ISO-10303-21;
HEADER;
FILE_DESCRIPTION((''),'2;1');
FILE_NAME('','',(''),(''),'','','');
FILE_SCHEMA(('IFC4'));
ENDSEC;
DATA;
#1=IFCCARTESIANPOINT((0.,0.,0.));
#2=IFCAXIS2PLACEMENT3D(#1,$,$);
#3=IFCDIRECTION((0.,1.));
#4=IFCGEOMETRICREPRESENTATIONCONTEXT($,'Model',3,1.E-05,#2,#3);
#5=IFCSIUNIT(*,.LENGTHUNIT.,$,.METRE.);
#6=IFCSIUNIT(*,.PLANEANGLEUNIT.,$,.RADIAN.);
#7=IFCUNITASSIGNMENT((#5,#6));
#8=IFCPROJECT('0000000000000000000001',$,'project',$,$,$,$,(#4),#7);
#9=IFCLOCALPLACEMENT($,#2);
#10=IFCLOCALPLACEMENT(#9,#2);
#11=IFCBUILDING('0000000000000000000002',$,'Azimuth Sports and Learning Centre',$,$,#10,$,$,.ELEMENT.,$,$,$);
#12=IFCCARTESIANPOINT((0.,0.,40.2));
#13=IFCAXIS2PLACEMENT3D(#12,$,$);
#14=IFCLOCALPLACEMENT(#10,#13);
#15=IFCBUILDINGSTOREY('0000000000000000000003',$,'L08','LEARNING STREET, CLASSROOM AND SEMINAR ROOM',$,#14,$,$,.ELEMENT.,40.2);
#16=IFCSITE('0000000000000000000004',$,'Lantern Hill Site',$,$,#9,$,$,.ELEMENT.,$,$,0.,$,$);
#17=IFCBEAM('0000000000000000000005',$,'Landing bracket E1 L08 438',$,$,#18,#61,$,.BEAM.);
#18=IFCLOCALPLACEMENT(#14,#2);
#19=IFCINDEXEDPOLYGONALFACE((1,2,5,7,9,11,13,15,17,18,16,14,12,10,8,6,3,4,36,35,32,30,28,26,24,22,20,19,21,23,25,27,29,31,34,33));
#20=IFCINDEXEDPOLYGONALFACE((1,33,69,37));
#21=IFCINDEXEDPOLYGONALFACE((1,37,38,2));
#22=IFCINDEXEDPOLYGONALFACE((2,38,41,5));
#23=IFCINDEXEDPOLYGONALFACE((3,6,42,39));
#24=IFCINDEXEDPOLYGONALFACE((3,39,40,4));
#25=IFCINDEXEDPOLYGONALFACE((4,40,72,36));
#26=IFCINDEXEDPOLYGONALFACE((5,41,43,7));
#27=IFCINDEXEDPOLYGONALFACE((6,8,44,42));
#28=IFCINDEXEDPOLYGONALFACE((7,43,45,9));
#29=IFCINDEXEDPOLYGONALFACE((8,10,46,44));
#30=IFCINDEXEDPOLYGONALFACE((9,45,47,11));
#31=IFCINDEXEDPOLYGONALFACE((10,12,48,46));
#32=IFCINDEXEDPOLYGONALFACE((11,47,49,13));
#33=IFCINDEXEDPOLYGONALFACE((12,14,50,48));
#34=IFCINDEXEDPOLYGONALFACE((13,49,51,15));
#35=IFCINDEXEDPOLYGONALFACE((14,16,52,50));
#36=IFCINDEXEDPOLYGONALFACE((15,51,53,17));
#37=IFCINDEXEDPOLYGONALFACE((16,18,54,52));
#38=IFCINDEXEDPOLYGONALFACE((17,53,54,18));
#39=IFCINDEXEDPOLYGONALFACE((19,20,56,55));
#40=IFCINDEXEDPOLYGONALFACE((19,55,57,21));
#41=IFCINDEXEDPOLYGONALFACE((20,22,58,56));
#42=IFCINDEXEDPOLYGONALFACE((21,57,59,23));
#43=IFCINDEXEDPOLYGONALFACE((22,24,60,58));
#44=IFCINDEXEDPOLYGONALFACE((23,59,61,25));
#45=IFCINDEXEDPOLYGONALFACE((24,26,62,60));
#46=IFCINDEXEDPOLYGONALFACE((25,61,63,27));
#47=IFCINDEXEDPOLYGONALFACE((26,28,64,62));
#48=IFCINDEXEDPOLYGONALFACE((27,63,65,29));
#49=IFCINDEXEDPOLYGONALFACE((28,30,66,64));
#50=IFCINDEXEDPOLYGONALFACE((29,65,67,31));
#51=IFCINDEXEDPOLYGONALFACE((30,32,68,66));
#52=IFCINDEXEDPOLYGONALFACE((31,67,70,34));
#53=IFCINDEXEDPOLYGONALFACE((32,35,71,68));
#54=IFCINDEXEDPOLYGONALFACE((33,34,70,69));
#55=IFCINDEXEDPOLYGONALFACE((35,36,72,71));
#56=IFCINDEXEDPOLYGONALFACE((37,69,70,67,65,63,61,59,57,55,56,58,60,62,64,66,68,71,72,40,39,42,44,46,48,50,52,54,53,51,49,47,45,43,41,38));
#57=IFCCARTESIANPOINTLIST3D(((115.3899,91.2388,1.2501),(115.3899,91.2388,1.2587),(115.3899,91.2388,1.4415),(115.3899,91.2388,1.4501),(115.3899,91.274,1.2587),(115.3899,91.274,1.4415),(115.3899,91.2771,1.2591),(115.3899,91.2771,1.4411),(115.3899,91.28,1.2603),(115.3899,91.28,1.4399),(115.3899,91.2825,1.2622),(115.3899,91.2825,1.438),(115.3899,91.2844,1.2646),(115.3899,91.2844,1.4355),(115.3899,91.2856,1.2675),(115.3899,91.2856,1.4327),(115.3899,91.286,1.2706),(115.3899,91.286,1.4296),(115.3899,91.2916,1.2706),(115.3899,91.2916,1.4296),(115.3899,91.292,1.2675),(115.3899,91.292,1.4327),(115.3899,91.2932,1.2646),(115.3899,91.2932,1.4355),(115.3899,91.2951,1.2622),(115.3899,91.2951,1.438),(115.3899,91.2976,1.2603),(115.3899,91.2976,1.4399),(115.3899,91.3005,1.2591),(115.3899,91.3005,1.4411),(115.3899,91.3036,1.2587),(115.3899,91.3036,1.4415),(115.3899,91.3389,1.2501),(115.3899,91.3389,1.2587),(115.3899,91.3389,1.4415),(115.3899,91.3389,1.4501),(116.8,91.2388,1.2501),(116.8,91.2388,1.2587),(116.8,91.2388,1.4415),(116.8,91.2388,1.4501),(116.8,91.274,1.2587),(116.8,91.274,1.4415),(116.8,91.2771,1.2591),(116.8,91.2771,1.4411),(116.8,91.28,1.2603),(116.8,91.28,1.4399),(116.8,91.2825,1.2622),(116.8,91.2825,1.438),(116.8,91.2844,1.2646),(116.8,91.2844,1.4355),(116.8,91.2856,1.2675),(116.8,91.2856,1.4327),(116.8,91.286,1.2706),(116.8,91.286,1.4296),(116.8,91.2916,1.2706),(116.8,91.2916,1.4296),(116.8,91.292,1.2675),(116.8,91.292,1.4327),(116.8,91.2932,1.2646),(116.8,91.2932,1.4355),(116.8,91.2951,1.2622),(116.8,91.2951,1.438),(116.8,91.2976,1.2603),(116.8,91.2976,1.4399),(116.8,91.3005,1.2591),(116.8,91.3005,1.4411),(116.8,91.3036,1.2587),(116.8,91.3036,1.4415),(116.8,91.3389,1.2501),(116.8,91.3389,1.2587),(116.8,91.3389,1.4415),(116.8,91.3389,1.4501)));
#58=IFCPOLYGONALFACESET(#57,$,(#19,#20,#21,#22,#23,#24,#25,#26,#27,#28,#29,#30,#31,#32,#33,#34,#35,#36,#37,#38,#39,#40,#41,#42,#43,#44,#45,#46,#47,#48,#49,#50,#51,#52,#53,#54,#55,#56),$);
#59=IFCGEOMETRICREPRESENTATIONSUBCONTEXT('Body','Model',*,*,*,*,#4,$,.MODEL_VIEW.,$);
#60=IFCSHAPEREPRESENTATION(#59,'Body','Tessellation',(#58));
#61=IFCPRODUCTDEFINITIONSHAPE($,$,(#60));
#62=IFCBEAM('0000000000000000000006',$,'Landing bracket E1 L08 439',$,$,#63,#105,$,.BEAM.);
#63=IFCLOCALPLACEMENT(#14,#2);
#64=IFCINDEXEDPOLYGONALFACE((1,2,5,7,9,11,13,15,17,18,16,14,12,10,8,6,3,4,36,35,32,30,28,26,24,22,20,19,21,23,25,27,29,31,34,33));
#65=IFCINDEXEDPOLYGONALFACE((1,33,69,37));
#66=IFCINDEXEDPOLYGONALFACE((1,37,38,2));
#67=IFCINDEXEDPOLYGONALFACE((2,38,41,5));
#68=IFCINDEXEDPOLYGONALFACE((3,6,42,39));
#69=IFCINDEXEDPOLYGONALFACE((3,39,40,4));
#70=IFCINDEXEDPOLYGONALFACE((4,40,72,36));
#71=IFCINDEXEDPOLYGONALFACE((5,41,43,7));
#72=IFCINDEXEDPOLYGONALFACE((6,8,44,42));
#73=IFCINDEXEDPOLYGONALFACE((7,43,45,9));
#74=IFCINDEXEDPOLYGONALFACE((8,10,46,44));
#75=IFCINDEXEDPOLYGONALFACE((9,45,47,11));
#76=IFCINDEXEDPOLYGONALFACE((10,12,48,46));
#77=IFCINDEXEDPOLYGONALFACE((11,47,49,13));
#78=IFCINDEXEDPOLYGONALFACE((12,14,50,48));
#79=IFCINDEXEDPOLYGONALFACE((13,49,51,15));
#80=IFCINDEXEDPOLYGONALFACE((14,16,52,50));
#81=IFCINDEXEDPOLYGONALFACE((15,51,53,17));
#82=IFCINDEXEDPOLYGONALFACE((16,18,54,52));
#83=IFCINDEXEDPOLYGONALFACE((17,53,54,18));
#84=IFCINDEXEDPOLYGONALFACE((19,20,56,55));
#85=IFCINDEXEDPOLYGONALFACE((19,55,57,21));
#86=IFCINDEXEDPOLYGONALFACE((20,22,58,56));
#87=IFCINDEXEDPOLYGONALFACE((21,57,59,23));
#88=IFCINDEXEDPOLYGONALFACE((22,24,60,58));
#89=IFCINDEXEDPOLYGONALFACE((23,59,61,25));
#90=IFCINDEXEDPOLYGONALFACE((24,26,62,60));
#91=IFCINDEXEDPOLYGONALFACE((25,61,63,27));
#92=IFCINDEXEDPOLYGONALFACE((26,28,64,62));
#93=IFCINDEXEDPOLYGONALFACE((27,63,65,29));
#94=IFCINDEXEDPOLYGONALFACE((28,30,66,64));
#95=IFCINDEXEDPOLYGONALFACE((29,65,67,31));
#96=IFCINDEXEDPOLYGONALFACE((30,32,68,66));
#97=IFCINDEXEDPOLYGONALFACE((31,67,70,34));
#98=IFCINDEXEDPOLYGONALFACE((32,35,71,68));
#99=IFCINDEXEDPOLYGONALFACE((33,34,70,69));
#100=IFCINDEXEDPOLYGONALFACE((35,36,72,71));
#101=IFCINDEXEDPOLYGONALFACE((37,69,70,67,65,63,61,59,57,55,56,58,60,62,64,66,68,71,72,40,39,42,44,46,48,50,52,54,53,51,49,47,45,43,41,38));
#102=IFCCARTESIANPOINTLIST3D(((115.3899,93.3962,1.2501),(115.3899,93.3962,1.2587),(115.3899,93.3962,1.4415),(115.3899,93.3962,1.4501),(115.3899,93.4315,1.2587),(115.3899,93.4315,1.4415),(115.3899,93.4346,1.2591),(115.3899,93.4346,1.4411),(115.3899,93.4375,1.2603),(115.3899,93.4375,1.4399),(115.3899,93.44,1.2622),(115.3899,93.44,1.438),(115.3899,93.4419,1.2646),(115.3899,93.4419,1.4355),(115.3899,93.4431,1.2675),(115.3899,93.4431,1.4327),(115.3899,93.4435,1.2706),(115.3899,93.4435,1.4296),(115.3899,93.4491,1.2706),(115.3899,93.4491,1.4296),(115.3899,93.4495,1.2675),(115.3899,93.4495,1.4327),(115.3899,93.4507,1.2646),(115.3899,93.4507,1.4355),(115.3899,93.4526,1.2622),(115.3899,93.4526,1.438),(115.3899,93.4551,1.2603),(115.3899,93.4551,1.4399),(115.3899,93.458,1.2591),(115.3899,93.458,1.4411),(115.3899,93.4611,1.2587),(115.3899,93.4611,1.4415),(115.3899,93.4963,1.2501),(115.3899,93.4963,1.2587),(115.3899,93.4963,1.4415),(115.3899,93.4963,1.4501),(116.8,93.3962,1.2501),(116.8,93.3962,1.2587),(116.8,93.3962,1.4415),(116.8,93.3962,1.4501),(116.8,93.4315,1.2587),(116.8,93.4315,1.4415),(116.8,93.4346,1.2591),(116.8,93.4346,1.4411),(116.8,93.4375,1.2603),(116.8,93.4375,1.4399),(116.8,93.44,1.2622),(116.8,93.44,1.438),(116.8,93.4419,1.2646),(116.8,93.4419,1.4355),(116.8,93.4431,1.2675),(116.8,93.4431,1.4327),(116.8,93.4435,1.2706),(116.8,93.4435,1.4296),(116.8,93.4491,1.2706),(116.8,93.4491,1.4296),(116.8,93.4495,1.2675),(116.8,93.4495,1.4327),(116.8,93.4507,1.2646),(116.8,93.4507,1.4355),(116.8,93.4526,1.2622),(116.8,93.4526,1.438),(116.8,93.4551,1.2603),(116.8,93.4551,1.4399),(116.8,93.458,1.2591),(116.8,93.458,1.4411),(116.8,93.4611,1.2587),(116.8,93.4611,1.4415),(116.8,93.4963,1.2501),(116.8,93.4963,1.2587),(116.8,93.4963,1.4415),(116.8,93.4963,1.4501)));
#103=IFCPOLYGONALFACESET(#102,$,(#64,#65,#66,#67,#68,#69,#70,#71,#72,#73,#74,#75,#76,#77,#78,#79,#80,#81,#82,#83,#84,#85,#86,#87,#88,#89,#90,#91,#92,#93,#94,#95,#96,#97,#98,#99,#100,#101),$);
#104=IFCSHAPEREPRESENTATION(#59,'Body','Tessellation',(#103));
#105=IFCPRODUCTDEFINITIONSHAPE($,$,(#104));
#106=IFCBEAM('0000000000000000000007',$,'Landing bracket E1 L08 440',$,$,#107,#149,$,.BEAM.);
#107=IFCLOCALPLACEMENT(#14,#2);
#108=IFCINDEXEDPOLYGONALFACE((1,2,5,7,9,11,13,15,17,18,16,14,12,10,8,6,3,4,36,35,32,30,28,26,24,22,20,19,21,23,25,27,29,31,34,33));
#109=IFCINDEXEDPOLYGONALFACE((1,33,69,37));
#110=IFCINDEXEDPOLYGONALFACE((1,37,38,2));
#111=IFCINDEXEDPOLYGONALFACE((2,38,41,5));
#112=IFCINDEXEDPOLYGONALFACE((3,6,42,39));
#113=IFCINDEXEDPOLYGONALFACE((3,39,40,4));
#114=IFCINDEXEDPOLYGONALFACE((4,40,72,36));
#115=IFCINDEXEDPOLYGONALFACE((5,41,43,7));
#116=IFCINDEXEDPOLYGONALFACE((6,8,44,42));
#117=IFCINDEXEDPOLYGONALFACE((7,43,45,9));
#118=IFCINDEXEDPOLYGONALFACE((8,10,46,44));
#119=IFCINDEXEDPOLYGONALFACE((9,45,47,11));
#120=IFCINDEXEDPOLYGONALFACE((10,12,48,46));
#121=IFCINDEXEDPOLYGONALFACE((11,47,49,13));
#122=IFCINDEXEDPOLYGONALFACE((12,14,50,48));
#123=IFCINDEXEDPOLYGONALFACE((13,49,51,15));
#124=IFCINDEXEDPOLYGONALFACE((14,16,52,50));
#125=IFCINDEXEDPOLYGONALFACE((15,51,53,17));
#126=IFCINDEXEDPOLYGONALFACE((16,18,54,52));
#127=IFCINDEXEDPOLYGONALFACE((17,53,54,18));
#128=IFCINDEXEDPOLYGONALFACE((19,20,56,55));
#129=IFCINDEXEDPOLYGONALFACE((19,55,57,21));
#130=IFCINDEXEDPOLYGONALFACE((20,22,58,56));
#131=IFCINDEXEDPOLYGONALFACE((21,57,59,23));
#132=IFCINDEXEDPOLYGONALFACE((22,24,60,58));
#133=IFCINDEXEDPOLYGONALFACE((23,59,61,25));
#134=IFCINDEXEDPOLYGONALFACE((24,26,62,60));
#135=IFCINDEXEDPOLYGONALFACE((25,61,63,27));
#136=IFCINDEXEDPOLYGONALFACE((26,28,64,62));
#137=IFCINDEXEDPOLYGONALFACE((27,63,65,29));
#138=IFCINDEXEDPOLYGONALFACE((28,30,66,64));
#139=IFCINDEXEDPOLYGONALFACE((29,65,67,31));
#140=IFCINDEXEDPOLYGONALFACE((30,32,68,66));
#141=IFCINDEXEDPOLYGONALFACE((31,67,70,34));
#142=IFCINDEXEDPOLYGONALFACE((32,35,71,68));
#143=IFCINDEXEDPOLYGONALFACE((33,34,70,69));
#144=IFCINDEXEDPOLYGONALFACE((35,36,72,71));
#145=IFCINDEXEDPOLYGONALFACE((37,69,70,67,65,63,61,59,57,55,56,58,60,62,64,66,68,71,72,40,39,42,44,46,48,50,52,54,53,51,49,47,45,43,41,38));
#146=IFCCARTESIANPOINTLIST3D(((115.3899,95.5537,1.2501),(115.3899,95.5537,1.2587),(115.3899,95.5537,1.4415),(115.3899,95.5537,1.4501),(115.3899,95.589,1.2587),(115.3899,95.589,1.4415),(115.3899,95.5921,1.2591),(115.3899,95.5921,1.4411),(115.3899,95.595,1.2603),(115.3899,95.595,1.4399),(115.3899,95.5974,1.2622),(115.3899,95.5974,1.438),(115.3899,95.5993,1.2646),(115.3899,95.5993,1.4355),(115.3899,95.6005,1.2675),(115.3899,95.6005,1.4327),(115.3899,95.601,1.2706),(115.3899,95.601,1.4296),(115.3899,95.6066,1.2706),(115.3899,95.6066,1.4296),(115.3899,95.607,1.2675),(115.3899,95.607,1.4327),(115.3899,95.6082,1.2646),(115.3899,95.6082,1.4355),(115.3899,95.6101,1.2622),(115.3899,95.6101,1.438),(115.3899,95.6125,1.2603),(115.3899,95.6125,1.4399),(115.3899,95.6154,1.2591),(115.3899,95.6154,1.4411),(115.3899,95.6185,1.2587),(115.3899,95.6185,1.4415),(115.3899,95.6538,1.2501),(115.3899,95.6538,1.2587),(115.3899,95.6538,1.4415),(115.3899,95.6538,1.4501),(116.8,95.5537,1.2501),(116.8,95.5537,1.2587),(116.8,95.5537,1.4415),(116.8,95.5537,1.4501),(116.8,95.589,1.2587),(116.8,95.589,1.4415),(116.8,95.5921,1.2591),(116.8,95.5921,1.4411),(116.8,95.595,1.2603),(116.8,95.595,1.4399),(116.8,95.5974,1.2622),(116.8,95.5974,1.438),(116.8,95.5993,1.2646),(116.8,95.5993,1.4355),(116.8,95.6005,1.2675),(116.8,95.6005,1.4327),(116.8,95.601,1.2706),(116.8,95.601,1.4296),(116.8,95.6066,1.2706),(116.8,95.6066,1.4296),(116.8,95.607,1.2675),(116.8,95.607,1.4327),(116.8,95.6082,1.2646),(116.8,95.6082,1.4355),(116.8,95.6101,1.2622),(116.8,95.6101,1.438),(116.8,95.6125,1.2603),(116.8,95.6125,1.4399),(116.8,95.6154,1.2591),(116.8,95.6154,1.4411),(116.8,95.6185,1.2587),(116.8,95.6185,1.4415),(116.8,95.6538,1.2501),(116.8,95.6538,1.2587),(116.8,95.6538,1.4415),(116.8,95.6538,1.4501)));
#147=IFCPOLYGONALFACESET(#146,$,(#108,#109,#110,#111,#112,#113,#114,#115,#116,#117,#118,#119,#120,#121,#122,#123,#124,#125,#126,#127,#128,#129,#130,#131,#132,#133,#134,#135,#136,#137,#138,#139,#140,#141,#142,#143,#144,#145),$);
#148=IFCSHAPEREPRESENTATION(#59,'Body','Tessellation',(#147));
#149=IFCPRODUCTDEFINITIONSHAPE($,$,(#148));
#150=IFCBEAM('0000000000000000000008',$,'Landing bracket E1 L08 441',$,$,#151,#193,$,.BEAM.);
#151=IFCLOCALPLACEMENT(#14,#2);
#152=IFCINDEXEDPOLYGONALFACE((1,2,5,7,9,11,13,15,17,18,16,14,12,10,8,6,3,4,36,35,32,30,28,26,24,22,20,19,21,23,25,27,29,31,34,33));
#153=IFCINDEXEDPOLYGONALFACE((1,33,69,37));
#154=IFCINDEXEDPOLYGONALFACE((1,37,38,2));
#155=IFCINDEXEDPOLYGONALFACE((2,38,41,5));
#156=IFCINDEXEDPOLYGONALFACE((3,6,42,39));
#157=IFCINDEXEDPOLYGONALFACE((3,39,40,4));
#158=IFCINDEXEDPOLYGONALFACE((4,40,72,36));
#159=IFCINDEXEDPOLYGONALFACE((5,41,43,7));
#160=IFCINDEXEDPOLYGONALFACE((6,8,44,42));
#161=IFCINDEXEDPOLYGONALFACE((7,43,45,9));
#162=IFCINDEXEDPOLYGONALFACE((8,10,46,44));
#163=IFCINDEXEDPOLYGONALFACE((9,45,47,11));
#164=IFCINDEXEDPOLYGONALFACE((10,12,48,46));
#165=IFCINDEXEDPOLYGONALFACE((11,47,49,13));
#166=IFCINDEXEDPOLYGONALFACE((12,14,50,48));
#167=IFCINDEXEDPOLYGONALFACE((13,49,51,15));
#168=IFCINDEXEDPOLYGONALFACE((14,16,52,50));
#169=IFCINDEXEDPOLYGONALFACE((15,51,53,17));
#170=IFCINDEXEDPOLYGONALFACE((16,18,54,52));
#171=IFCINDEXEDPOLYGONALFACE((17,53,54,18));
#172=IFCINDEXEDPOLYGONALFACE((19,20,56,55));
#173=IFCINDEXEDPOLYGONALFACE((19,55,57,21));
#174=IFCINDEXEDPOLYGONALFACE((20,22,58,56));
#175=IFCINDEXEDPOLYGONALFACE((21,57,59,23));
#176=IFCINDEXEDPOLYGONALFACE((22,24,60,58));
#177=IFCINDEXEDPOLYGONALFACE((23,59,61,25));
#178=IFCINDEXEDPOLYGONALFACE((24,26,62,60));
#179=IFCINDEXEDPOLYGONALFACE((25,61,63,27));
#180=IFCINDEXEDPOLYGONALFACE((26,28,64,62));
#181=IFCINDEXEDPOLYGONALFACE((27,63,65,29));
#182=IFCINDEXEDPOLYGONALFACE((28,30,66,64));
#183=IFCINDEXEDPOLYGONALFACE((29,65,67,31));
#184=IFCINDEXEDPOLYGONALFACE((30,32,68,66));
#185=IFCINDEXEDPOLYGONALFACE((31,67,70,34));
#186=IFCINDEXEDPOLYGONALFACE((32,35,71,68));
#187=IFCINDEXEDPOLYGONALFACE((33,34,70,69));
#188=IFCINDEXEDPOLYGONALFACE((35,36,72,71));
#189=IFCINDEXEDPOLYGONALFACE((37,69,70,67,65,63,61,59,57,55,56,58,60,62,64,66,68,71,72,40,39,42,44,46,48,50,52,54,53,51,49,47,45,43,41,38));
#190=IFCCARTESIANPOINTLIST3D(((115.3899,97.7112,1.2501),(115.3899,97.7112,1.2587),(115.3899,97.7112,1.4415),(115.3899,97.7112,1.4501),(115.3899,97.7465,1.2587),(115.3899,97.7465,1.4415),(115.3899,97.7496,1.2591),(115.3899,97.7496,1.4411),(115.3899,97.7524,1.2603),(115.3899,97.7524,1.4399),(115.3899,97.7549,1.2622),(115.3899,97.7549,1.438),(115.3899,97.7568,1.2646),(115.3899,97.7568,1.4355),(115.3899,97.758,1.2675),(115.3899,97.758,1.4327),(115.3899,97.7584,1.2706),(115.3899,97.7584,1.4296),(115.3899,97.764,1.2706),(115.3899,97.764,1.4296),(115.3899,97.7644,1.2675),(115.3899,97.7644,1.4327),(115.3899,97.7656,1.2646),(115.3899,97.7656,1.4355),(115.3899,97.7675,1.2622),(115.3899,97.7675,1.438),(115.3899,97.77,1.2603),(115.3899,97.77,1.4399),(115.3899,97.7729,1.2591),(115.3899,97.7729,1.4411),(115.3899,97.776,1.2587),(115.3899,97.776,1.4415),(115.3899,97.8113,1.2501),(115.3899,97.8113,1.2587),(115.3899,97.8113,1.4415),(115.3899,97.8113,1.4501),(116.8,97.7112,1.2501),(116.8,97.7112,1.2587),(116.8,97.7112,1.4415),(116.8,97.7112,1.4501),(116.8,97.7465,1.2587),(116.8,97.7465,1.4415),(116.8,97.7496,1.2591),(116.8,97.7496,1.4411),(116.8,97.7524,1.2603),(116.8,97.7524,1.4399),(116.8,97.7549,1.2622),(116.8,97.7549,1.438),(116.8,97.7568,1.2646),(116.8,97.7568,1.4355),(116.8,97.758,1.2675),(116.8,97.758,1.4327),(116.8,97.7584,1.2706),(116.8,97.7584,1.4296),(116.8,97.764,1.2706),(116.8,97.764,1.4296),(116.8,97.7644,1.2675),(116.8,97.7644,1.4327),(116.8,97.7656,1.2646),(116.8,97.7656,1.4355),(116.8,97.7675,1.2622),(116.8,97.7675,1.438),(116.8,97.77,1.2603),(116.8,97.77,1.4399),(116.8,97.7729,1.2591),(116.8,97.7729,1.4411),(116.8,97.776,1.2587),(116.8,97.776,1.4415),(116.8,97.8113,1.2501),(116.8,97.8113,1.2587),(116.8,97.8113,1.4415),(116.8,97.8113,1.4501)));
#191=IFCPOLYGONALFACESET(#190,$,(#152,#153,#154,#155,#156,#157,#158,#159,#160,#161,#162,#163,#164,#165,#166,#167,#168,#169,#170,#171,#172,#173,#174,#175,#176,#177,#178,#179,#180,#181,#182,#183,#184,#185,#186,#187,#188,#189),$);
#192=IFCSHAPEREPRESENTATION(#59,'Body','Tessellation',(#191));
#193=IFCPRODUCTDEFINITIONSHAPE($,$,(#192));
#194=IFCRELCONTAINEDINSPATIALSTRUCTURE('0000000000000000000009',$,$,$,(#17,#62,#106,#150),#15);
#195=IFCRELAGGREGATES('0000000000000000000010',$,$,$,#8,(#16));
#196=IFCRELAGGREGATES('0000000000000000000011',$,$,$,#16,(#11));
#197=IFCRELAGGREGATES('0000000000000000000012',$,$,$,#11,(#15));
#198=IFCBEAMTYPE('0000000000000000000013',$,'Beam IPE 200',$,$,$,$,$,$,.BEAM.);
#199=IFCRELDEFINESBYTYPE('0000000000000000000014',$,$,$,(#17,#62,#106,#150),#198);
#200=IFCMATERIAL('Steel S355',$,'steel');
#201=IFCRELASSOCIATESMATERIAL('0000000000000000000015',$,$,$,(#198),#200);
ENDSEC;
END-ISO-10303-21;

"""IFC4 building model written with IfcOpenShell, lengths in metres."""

from ifc_helpers import new_model, si_unit, direction, frame, origin, origin_2d, place, context, subcontext, project, spatial, i_section, extrude, material, material_profile, profile_set, type_object, element, save


model = new_model("IFC4")

# Units and contexts
model_context = context("Model", 3, precision=1e-05, world=origin(), true_north=direction((0.0, 1.0)))
body_context = subcontext(model_context, "Body", "Model", "MODEL_VIEW")
ifc_project = project(units=[si_unit("LENGTHUNIT", "METRE"), si_unit("PLANEANGLEUNIT", "RADIAN")], contexts=[model_context])

# Site, building, storey
site_placement = place(None, origin())
site = spatial("IfcSite", under=ifc_project, at=site_placement, Name="Lantern Hill Site", CompositionType="ELEMENT", RefElevation=0.0)
building_placement = place(site_placement, origin())
building = spatial("IfcBuilding", under=site, at=building_placement, Name="Azimuth Sports and Learning Centre", CompositionType="ELEMENT")
storey_placement = place(building_placement, frame((0.0, 0.0, 40.2)))
storey = spatial("IfcBuildingStorey", under=building, at=storey_placement, Name="L08", Description="LEARNING STREET, CLASSROOM AND SEMINAR ROOM", CompositionType="ELEMENT", Elevation=40.2)

# Beams
ifc_material_1 = material(Name="Steel S355", Category="steel")
ifc_material_profile = material_profile(ifc_material_1, i_section(OverallWidth=0.1001, OverallDepth=0.2, WebThickness=0.0056, FlangeThickness=0.0085, FilletRadius=0.012, at=origin_2d()), Name="IPE 200")
ifc_profile_set = profile_set([ifc_material_profile], Name="Steel S355")
beam_type = type_object("IfcBeamType", Name="Beam IPE 200", PredefinedType="BEAM", material=ifc_profile_set)
for number, where, z_axis, x_axis, name in (
    (1, (116.8, 91.2888, 1.3501), (-1.0, 0.0, 0.0), (0.0, -1.0, 0.0), "Landing bracket E1 L08 438"),
    (2, (116.8, 93.4463, 1.3501), (-1.0, 0.0, 0.0), (0.0, -1.0, 0.0), "Landing bracket E1 L08 439"),
    (3, (116.8, 95.6038, 1.3501), (-1.0, 0.0, 0.0), (0.0, -1.0, 0.0), "Landing bracket E1 L08 440"),
    (4, (116.8, 97.7612, 1.3501), (-1.0, 0.0, 0.0), (0.0, -1.0, 0.0), "Landing bracket E1 L08 441"),
):
    element("IfcBeam", number, at=place(storey_placement, frame(where, z_axis=z_axis, x_axis=x_axis)), inside=storey, type_object=beam_type, Name=name, PredefinedType="BEAM", context=body_context, shape_type="SweptSolid", body=[
        extrude(i_section(OverallWidth=0.1001, OverallDepth=0.2, WebThickness=0.0056, FlangeThickness=0.0085, FilletRadius=0.012, at=origin_2d()), origin(), (0.0, 0.0, 1.0), 1.4102),
    ])

save(model, "model.ifc")
